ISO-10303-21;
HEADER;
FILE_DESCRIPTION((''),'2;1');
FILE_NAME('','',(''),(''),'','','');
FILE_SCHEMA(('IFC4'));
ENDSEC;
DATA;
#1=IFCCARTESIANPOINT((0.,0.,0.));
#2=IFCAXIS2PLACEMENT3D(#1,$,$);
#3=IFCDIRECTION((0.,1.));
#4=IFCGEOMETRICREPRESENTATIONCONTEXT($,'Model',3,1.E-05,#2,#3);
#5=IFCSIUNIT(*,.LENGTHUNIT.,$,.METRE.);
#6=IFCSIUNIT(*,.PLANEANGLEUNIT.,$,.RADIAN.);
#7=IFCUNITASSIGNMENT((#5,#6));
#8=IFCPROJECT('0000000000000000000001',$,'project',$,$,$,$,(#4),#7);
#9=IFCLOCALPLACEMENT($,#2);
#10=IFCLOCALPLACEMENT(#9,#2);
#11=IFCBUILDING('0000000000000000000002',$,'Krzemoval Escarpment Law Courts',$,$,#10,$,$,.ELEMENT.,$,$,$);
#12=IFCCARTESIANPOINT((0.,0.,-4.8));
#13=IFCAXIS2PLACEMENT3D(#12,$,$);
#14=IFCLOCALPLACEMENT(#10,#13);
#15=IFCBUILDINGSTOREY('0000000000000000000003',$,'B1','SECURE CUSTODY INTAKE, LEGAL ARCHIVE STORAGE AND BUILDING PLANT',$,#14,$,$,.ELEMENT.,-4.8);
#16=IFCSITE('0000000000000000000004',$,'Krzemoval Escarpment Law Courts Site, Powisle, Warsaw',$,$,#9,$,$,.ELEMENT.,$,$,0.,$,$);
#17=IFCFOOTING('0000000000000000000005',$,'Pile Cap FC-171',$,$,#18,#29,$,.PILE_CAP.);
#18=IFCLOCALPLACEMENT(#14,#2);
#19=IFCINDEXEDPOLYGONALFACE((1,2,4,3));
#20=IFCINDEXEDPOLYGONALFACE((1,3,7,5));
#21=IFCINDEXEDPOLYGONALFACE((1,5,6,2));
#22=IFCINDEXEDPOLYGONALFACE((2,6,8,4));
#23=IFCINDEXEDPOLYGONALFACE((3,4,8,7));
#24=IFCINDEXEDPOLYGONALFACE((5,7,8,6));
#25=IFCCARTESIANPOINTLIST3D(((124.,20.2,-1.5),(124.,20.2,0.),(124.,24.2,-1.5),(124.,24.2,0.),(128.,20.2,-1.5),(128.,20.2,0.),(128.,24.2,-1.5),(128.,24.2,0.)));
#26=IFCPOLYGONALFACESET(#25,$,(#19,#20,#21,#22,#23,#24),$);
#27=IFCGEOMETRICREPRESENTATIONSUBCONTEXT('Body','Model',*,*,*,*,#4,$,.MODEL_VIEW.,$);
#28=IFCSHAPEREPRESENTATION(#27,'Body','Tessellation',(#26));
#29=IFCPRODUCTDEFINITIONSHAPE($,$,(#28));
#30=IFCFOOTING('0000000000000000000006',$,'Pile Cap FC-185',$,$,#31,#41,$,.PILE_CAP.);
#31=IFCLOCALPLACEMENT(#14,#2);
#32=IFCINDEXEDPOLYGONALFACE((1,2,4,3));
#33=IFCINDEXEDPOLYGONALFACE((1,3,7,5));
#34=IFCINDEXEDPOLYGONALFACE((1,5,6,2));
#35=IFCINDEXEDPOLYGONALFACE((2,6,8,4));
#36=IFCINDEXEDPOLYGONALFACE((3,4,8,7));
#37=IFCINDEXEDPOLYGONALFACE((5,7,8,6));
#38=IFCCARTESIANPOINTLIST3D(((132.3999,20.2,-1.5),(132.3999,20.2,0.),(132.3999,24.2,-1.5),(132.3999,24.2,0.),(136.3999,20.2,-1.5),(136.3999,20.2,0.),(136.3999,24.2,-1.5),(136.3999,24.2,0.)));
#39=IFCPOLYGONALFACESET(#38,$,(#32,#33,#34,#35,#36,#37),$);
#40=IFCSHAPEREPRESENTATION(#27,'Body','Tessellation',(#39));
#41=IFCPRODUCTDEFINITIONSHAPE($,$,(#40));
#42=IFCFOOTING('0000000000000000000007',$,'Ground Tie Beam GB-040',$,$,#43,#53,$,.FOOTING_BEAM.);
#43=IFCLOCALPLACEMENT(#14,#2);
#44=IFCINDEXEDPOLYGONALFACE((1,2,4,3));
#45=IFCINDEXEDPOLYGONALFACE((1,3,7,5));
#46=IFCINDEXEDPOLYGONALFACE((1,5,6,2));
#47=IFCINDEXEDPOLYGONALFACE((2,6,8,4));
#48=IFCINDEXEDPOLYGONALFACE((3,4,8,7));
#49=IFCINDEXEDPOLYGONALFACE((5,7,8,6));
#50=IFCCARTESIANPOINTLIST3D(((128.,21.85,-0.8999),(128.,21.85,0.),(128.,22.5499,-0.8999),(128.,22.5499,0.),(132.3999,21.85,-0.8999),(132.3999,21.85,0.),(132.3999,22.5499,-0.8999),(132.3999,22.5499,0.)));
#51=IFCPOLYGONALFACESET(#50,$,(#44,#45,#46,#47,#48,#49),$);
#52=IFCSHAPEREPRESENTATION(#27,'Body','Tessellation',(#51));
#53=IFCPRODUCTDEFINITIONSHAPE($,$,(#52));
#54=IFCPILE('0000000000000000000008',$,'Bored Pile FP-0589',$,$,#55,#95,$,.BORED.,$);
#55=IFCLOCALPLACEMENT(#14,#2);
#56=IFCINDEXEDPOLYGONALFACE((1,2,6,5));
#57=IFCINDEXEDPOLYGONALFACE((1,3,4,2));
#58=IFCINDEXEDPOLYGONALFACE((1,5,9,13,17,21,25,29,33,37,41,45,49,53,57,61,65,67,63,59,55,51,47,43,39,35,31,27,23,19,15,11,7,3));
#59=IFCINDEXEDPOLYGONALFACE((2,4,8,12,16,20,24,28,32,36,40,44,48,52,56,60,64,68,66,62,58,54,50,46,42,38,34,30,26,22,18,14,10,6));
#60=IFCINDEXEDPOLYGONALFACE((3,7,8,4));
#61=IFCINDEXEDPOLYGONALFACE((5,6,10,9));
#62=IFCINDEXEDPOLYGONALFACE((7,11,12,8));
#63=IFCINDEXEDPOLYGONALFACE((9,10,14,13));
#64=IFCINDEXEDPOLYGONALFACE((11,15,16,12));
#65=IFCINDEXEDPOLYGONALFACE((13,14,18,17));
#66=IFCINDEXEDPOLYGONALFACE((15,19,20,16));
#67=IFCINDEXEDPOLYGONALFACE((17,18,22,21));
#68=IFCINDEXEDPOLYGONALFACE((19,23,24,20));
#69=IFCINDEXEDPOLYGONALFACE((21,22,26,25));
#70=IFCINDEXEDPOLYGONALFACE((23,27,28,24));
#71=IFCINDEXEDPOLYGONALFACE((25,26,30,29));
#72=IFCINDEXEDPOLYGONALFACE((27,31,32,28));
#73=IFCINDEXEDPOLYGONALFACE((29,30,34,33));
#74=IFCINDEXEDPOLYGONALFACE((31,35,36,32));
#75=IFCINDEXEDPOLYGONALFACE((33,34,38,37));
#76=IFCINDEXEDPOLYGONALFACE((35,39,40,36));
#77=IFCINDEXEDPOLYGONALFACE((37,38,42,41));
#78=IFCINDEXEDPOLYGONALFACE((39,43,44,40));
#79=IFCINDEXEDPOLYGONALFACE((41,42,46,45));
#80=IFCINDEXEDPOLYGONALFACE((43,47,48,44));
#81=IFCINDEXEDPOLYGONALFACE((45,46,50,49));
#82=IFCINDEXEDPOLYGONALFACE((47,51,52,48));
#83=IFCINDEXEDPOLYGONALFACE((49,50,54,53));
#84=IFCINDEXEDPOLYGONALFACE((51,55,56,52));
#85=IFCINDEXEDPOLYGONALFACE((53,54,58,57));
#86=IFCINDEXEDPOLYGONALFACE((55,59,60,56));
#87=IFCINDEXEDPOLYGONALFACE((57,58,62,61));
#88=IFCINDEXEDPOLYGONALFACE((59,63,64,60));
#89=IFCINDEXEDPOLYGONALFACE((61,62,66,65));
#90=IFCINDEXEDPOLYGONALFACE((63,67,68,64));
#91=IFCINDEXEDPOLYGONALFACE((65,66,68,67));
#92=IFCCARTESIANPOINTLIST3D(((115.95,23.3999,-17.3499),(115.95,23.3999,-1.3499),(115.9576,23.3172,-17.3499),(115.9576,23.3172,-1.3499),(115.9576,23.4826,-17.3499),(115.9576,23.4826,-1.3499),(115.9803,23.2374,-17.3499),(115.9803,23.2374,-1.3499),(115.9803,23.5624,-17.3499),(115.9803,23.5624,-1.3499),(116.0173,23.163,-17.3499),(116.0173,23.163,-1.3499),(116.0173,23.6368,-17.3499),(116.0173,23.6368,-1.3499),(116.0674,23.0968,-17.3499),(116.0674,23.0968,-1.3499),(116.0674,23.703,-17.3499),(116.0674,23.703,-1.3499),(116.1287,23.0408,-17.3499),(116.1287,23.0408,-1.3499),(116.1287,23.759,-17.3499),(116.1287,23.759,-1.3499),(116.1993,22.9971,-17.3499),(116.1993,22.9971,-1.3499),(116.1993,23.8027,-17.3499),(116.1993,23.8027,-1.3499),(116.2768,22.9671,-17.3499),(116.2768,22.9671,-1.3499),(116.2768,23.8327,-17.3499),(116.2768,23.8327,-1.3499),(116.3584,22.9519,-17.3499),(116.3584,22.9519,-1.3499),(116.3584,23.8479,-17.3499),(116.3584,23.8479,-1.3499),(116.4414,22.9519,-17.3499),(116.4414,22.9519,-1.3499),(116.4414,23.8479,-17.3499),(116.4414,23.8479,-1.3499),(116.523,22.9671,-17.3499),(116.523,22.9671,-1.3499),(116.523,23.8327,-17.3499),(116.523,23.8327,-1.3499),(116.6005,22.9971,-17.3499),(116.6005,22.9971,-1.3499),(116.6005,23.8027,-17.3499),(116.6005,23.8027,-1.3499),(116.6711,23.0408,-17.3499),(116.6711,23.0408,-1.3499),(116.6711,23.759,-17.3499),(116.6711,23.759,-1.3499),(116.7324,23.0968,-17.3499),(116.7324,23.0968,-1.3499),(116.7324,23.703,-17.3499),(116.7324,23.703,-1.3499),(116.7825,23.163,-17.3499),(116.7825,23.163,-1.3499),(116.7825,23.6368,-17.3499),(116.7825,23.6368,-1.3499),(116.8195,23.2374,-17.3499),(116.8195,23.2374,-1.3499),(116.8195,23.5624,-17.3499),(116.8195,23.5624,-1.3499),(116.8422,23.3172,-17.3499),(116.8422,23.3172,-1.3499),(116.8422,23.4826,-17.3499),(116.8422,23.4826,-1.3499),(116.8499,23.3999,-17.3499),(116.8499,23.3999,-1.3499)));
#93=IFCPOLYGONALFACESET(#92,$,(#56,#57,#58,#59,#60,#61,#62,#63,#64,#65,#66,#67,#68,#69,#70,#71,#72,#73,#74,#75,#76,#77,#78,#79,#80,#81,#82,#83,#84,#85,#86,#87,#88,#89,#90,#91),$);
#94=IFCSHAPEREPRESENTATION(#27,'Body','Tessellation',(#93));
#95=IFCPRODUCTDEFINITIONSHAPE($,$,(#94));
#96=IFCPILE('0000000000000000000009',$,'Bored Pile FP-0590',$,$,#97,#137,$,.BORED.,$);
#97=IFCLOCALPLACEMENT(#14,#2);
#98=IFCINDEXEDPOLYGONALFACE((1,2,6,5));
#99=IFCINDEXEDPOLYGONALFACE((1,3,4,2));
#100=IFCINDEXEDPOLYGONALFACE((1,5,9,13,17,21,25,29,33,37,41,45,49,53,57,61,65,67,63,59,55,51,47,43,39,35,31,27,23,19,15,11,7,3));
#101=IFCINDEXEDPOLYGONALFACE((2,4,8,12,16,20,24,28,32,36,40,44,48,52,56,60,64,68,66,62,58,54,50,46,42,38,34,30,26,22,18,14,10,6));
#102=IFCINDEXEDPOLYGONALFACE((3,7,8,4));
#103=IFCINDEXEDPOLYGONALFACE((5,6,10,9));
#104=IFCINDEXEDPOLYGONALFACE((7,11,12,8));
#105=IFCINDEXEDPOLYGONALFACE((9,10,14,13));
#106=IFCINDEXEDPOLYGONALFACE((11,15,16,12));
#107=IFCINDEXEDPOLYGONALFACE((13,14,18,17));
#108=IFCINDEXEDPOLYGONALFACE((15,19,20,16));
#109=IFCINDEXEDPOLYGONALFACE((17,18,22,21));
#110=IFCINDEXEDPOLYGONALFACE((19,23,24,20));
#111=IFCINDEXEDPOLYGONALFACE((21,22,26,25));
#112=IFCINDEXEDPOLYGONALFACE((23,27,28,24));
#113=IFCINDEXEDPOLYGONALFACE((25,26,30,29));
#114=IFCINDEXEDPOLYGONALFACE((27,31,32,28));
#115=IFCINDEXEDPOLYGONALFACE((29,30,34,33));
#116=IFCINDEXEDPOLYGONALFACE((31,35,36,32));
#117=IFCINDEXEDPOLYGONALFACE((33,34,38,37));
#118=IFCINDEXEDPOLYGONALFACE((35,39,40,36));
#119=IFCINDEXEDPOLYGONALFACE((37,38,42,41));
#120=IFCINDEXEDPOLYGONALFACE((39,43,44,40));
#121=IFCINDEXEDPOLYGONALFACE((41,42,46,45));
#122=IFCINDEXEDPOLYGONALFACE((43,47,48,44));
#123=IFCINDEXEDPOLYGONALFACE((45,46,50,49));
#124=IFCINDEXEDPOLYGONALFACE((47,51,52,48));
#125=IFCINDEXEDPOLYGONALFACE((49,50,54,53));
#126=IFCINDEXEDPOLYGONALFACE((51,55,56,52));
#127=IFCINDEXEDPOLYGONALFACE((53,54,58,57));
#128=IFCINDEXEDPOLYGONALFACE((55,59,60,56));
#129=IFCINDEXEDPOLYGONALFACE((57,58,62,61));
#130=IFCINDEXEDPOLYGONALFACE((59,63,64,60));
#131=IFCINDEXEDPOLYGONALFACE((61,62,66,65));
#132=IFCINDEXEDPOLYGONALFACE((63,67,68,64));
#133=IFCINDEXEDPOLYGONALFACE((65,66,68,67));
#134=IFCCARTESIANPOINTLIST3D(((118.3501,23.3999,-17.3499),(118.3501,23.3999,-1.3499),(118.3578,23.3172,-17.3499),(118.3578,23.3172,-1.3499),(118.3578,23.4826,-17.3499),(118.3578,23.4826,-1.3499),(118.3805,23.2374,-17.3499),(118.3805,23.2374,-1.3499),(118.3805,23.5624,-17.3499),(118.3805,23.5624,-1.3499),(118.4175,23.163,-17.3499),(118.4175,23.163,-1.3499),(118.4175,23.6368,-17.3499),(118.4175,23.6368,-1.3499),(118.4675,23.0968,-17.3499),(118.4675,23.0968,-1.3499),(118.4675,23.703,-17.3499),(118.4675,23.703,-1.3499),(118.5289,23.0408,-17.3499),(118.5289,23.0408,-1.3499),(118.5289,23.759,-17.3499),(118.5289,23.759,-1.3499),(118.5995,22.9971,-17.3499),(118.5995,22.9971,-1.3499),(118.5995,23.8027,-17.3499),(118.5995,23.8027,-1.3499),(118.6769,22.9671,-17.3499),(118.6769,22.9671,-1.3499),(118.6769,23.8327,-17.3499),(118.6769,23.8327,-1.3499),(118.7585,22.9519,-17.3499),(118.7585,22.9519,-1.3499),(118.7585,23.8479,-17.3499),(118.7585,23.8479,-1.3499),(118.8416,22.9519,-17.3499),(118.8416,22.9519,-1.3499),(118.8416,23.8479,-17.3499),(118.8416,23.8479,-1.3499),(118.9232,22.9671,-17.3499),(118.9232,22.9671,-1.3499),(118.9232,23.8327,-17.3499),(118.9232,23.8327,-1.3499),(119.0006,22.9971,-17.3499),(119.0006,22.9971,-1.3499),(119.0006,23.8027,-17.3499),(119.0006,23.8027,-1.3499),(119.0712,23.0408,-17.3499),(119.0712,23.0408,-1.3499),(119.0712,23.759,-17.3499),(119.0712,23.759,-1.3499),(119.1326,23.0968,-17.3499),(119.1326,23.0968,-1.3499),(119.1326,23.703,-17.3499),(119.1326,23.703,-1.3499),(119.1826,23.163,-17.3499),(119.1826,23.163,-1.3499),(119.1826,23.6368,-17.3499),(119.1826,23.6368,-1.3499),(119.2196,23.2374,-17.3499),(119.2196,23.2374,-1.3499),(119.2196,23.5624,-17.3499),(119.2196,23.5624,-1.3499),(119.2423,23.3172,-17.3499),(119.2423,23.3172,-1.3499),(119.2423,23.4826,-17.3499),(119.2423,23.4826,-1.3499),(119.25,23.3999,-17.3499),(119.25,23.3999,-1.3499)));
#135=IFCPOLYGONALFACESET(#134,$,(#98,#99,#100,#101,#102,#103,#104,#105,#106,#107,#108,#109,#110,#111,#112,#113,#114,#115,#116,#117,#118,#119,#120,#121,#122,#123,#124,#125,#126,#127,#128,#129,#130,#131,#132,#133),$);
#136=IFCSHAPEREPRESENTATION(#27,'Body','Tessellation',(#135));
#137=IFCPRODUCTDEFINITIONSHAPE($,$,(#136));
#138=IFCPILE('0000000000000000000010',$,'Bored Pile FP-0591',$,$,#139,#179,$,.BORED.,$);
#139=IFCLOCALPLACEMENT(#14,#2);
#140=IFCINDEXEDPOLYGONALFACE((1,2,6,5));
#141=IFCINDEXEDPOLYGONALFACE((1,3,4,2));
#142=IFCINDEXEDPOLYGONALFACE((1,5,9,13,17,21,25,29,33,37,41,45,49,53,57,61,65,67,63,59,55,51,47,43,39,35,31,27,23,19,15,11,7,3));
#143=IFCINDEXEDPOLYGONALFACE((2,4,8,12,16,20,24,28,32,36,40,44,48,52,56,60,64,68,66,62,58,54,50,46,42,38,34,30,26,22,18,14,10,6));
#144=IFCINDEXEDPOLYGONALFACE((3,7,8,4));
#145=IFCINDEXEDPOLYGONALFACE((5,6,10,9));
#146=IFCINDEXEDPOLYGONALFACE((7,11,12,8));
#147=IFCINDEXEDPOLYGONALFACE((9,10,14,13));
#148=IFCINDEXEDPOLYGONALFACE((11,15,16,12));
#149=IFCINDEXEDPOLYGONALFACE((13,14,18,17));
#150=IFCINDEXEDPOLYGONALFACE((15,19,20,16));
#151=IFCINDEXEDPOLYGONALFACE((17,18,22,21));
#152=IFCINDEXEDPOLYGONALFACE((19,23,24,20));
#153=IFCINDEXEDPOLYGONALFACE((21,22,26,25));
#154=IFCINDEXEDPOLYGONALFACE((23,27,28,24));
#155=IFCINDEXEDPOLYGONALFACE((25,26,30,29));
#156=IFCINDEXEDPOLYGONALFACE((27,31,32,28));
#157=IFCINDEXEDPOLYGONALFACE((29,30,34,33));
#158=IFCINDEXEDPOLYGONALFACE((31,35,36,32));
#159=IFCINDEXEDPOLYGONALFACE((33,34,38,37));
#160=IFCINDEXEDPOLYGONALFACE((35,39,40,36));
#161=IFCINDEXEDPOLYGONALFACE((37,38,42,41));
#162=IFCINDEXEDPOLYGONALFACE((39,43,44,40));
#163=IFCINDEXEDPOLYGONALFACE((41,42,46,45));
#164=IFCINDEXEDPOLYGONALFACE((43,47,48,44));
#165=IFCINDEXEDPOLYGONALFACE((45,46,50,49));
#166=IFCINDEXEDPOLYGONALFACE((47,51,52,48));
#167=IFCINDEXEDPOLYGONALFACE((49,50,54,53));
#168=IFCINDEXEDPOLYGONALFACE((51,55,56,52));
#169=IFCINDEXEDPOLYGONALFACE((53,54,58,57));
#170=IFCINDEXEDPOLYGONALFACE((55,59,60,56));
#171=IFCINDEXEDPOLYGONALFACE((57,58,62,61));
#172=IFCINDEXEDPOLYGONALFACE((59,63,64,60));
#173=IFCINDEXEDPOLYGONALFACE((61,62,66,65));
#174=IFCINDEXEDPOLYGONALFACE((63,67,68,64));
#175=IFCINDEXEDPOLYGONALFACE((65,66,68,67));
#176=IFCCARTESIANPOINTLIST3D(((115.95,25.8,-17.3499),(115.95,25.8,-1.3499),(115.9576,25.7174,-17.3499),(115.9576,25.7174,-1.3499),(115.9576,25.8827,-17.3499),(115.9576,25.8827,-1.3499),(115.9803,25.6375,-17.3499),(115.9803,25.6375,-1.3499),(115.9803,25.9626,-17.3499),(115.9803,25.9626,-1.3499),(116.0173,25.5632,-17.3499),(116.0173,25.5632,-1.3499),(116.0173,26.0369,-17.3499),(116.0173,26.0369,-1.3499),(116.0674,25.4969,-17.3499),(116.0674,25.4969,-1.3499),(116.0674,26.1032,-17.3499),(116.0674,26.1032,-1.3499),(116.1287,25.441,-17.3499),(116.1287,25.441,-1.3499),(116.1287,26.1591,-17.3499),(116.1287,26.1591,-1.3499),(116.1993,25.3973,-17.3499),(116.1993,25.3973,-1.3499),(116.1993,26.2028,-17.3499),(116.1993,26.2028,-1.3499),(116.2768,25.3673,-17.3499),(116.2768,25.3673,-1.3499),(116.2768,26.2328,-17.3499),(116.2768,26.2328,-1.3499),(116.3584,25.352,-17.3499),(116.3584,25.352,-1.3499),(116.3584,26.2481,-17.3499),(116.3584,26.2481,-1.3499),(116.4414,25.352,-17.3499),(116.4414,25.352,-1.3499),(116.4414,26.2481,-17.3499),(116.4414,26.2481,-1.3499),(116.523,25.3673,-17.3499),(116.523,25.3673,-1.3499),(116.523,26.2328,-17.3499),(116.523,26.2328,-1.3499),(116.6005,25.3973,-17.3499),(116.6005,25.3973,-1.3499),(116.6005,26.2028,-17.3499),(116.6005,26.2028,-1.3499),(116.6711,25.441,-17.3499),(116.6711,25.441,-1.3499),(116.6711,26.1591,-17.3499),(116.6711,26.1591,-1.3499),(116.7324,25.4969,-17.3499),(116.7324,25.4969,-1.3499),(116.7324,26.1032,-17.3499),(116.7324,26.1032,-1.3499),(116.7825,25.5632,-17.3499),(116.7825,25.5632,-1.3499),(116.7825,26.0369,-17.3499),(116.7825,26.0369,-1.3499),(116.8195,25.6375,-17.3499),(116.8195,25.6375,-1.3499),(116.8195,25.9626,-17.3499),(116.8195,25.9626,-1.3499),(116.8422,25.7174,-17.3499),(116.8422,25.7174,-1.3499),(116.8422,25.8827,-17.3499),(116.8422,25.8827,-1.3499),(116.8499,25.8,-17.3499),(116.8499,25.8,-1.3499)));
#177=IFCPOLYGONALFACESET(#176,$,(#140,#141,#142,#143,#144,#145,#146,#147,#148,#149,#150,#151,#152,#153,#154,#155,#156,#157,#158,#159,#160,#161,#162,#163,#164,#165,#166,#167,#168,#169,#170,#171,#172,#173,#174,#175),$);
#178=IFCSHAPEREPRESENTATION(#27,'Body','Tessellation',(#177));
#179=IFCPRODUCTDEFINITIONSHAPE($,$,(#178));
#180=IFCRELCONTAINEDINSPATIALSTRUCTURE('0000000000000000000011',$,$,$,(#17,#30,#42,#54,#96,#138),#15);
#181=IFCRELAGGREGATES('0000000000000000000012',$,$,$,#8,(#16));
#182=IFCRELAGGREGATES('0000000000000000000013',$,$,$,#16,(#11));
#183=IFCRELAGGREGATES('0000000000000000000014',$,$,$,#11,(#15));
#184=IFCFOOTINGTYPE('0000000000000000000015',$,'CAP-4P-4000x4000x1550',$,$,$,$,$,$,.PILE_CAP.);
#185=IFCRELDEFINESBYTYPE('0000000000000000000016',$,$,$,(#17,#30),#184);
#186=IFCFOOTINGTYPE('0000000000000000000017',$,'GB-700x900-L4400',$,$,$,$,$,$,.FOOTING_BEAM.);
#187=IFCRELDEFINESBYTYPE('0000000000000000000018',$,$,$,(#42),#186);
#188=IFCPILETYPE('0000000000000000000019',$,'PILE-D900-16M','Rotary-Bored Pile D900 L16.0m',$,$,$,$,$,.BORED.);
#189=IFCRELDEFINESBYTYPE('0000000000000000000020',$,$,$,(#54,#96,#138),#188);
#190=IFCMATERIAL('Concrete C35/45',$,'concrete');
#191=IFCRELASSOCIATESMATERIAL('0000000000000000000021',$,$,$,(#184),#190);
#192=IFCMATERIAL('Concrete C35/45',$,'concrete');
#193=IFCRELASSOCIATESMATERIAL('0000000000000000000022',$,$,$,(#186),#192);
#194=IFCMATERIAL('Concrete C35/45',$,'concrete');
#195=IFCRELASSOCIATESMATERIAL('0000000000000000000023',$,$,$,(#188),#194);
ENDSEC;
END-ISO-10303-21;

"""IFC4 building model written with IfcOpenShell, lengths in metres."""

from ifc_helpers import new_model, si_unit, direction, frame, origin, origin_2d, place, context, subcontext, project, spatial, rectangle, circle, extrude, material, material_profile, profile_set, type_object, element, save


model = new_model("IFC4")

# Units and contexts
model_context = context("Model", 3, precision=1e-05, world=origin(), true_north=direction((0.0, 1.0)))
body_context = subcontext(model_context, "Body", "Model", "MODEL_VIEW")
ifc_project = project(units=[si_unit("LENGTHUNIT", "METRE"), si_unit("PLANEANGLEUNIT", "RADIAN")], contexts=[model_context])

# Site, building, storey
site_placement = place(None, origin())
site = spatial("IfcSite", under=ifc_project, at=site_placement, Name="Krzemoval Escarpment Law Courts Site, Powisle, Warsaw", CompositionType="ELEMENT", RefElevation=0.0)
building_placement = place(site_placement, origin())
building = spatial("IfcBuilding", under=site, at=building_placement, Name="Krzemoval Escarpment Law Courts", CompositionType="ELEMENT")
storey_placement = place(building_placement, frame((0.0, 0.0, -4.8)))
storey = spatial("IfcBuildingStorey", under=building, at=storey_placement, Name="B1", Description="SECURE CUSTODY INTAKE, LEGAL ARCHIVE STORAGE AND BUILDING PLANT", CompositionType="ELEMENT", Elevation=-4.8)

# Footings
ifc_material_1 = material(Name="Concrete C35/45", Category="concrete")
footing_type_1 = type_object("IfcFootingType", Name="CAP-4P-4000x4000x1550", PredefinedType="PILE_CAP", material=ifc_material_1)
for number, where, z_axis, x_axis, name in (
    (1, (126.0, 22.2, -1.5), (0.0, 0.0, 1.0), (1.0, 0.0, 0.0), "Pile Cap FC-171"),
    (2, (134.3999, 22.2, -1.5), (0.0, 0.0, 1.0), (1.0, 0.0, 0.0), "Pile Cap FC-185"),
):
    element("IfcFooting", number, at=place(storey_placement, frame(where, z_axis=z_axis, x_axis=x_axis)), inside=storey, type_object=footing_type_1, Name=name, PredefinedType="PILE_CAP", context=body_context, shape_type="SweptSolid", body=[
        extrude(rectangle(XDim=4.0, YDim=4.0, at=origin_2d()), origin(), (0.0, 0.0, 1.0), 1.5),
    ])
ifc_material_2 = material(Name="Concrete C35/45", Category="concrete")
footing_type_2 = type_object("IfcFootingType", Name="GB-700x900-L4400", PredefinedType="FOOTING_BEAM", material=ifc_material_2)
footing_placement = place(storey_placement, frame((130.2, 22.2, -0.8999), z_axis=(0.0, 0.0, 1.0), x_axis=(1.0, 0.0, 0.0)))
element("IfcFooting", 3, at=footing_placement, inside=storey, type_object=footing_type_2, Name="Ground Tie Beam GB-040", PredefinedType="FOOTING_BEAM", context=body_context, shape_type="SweptSolid", body=[
    extrude(rectangle(XDim=4.3999, YDim=0.7, at=origin_2d()), origin(), (0.0, 0.0, 1.0), 0.8999),
])

# Piles
ifc_material_3 = material(Name="Concrete C35/45", Category="concrete")
ifc_material_profile_1 = material_profile(ifc_material_3, circle(Radius=0.45, at=origin_2d()), Name="PILE D900")
ifc_profile_set_1 = profile_set([ifc_material_profile_1], Name="Concrete C35/45")
pile_type = type_object("IfcPileType", Name="PILE-D900-16M", Description="Rotary-Bored Pile D900 L16.0m", PredefinedType="BORED", material=ifc_profile_set_1)
for number, where, z_axis, x_axis, name in (
    (4, (116.3999, 23.3999, -1.3499), (0.0, 0.0, -1.0), (1.0, 0.0, 0.0), "Bored Pile FP-0589"),
    (5, (118.8, 23.3999, -1.3499), (0.0, 0.0, -1.0), (1.0, 0.0, 0.0), "Bored Pile FP-0590"),
    (6, (116.3999, 25.8, -1.3499), (0.0, 0.0, -1.0), (1.0, 0.0, 0.0), "Bored Pile FP-0591"),
):
    element("IfcPile", number, at=place(storey_placement, frame(where, z_axis=z_axis, x_axis=x_axis)), inside=storey, type_object=pile_type, Name=name, PredefinedType="BORED", context=body_context, shape_type="SweptSolid", body=[
        extrude(circle(Radius=0.45, at=origin_2d()), origin(), (0.0, 0.0, 1.0), 16.0),
    ])

save(model, "model.ifc")
